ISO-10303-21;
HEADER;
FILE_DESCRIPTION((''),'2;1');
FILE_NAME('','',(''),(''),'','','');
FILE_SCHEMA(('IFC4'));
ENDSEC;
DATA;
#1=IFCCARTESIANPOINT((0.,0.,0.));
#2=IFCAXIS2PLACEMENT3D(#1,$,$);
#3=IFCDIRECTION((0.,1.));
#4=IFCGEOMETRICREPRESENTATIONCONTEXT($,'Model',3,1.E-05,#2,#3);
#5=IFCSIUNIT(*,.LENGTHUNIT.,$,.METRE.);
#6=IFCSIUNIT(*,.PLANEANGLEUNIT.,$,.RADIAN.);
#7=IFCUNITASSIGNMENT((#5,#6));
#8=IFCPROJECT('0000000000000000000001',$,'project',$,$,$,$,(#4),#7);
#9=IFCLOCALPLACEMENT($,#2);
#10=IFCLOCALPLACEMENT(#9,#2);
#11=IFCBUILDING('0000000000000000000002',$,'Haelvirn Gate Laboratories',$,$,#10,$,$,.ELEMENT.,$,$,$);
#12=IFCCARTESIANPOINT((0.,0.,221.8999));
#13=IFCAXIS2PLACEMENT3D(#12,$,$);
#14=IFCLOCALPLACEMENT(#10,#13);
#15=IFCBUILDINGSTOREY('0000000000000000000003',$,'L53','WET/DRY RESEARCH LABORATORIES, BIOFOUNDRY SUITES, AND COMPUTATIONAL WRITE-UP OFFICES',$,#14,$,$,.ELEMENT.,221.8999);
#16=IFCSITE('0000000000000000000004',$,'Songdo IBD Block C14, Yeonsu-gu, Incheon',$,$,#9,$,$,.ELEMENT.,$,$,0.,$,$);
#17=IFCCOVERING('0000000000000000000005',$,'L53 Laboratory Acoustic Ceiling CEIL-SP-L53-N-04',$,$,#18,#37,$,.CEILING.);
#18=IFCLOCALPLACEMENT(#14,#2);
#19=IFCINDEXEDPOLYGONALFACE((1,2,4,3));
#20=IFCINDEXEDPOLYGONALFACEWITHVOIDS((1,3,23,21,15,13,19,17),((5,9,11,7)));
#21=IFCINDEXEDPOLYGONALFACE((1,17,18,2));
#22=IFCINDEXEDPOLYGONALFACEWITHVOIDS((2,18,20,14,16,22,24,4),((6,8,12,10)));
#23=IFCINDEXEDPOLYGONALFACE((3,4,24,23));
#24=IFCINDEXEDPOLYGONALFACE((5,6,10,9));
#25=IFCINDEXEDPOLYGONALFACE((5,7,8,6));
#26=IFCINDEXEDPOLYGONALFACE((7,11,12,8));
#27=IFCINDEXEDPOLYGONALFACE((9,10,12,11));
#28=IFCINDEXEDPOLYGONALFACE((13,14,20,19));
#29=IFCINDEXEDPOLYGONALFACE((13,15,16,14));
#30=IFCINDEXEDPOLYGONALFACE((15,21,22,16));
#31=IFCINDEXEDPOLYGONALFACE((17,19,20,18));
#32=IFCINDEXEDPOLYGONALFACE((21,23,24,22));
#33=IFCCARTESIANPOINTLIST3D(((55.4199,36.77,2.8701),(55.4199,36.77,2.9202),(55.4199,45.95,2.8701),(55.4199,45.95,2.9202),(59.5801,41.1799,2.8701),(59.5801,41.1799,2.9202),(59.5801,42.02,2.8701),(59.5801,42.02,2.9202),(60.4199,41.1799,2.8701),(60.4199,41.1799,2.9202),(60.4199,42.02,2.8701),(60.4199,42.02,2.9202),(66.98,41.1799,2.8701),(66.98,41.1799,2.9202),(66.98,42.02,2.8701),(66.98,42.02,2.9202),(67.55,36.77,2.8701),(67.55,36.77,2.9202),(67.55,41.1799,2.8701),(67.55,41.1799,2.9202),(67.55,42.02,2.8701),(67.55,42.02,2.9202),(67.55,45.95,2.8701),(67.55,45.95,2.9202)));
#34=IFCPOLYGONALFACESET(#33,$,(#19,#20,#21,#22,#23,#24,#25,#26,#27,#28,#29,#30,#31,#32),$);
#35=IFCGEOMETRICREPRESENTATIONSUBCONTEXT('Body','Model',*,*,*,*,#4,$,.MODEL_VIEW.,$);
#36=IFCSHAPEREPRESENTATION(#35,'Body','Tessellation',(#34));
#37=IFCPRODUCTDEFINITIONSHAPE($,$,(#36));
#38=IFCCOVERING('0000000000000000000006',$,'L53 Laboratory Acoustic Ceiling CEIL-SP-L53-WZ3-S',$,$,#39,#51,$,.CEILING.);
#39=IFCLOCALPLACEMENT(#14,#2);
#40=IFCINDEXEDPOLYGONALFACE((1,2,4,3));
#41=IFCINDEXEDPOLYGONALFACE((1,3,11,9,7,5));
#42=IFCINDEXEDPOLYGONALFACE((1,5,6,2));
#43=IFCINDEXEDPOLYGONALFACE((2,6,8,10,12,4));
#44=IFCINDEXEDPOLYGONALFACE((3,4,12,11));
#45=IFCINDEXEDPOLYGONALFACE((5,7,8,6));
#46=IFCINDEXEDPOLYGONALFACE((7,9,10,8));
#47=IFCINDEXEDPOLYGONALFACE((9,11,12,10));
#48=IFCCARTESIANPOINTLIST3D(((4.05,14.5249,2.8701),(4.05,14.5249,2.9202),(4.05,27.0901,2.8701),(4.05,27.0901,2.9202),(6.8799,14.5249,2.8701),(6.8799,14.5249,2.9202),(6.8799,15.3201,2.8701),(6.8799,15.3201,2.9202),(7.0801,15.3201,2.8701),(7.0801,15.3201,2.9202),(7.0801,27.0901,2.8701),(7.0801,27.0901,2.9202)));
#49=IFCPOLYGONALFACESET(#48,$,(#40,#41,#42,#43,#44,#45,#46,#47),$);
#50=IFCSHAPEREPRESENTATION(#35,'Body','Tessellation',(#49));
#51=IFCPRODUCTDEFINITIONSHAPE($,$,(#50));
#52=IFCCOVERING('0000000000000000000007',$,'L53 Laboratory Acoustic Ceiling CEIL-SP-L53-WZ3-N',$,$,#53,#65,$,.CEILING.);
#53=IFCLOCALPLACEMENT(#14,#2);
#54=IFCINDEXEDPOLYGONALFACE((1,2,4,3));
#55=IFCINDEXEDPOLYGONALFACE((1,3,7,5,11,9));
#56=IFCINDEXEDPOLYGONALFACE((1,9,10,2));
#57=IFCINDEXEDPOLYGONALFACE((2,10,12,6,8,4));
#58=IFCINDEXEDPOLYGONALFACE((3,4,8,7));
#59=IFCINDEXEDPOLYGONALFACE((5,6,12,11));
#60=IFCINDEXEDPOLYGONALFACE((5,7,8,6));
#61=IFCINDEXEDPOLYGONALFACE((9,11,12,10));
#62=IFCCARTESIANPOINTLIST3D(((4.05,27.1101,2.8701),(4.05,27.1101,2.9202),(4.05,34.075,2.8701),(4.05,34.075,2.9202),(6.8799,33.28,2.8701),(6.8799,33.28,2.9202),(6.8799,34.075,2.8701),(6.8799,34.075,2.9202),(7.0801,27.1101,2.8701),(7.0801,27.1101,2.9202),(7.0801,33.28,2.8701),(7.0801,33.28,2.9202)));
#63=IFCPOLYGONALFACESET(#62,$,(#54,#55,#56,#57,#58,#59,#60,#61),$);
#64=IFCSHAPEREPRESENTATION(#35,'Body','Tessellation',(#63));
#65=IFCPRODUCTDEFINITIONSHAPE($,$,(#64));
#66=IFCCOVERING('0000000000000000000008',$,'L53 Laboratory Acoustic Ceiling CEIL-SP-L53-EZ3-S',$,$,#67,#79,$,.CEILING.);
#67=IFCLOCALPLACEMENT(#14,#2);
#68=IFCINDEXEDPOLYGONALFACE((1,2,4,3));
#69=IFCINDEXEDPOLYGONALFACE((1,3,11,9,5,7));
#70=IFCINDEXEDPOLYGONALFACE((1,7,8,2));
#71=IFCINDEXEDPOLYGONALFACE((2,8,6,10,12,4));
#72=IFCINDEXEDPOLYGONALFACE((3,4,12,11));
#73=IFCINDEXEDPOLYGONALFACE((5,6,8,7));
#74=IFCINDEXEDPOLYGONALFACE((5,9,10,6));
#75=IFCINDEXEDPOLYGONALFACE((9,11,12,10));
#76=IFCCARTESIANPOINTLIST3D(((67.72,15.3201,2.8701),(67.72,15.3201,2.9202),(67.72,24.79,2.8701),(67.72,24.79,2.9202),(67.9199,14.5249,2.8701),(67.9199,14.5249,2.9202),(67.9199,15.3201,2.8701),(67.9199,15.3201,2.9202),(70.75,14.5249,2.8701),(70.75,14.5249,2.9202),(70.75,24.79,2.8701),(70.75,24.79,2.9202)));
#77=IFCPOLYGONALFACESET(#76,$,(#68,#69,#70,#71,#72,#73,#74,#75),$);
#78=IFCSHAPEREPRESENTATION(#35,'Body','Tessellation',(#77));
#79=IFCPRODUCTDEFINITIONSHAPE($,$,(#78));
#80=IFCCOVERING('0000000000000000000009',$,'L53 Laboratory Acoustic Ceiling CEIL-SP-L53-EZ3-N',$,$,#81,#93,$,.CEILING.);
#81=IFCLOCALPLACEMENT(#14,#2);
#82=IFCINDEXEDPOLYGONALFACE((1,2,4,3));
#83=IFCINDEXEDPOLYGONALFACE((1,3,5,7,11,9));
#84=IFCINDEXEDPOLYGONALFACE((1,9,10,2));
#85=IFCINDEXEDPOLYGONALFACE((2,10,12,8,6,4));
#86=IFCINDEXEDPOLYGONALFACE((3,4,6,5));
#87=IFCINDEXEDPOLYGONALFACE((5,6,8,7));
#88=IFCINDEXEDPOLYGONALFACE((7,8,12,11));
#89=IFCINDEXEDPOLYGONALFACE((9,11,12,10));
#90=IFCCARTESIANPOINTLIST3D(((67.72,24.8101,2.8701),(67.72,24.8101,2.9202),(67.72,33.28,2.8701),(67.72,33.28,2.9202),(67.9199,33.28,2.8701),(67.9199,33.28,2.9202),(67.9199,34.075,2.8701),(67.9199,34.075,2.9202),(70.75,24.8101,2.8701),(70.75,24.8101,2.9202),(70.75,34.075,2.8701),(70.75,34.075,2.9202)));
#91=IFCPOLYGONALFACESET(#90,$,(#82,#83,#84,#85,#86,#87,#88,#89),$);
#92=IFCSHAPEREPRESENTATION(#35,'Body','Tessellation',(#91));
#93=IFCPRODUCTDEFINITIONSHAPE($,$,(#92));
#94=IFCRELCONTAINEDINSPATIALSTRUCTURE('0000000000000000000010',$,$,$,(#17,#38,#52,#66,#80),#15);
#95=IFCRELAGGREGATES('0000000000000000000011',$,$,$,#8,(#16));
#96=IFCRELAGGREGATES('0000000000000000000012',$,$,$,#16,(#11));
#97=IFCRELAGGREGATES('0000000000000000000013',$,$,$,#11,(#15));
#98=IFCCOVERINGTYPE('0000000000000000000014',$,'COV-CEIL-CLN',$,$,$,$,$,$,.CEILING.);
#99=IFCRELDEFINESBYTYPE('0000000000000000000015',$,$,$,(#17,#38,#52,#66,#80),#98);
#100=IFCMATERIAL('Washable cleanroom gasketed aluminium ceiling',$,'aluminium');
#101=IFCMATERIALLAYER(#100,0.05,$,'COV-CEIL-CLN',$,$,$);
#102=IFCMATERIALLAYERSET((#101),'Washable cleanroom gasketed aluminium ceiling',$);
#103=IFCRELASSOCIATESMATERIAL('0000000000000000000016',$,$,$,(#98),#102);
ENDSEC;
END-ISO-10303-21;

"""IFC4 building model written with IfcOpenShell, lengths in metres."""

from ifc_helpers import new_model, si_unit, direction, frame, origin, place, context, subcontext, project, spatial, polyline, outline, extrude, material, layer, layer_set, type_object, element, save


model = new_model("IFC4")

# Units and contexts
model_context = context("Model", 3, precision=1e-05, world=origin(), true_north=direction((0.0, 1.0)))
body_context = subcontext(model_context, "Body", "Model", "MODEL_VIEW")
ifc_project = project(units=[si_unit("LENGTHUNIT", "METRE"), si_unit("PLANEANGLEUNIT", "RADIAN")], contexts=[model_context])

# Site, building, storey
site_placement = place(None, origin())
site = spatial("IfcSite", under=ifc_project, at=site_placement, Name="Songdo IBD Block C14, Yeonsu-gu, Incheon", CompositionType="ELEMENT", RefElevation=0.0)
building_placement = place(site_placement, origin())
building = spatial("IfcBuilding", under=site, at=building_placement, Name="Haelvirn Gate Laboratories", CompositionType="ELEMENT")
storey_placement = place(building_placement, frame((0.0, 0.0, 221.8999)))
storey = spatial("IfcBuildingStorey", under=building, at=storey_placement, Name="L53", Description="WET/DRY RESEARCH LABORATORIES, BIOFOUNDRY SUITES, AND COMPUTATIONAL WRITE-UP OFFICES", CompositionType="ELEMENT", Elevation=221.8999)

# Coverings
ifc_material_1 = material(Name="Washable cleanroom gasketed aluminium ceiling", Category="aluminium")
ifc_layer_1 = layer(ifc_material_1, 0.05, Name="COV-CEIL-CLN")
ifc_layer_set_1 = layer_set([ifc_layer_1], Name="Washable cleanroom gasketed aluminium ceiling")
covering_type = type_object("IfcCoveringType", Name="COV-CEIL-CLN", PredefinedType="CEILING", material=ifc_layer_set_1)
covering_1_placement = place(storey_placement, frame((0.0, 0.0, 2.8701)))
element("IfcCovering", 1, at=covering_1_placement, inside=storey, type_object=covering_type, Name="L53 Laboratory Acoustic Ceiling CEIL-SP-L53-N-04", PredefinedType="CEILING", context=body_context, shape_type="SweptSolid", body=[
    extrude(outline(polyline([(67.55, 36.77), (55.4199, 36.77), (55.4199, 45.95), (67.55, 45.95), (67.55, 42.02), (66.98, 42.02), (66.98, 41.1799), (67.55, 41.1799), (67.55, 36.77)]), holes=[polyline([(59.5801, 42.02), (59.5801, 41.1799), (60.4199, 41.1799), (60.4199, 42.02), (59.5801, 42.02)])]), origin(), (0.0, 0.0, 1.0), 0.05),
])
covering_2_placement = place(storey_placement, frame((0.0, 0.0, 2.8701)))
element("IfcCovering", 2, at=covering_2_placement, inside=storey, type_object=covering_type, Name="L53 Laboratory Acoustic Ceiling CEIL-SP-L53-WZ3-S", PredefinedType="CEILING", context=body_context, shape_type="SweptSolid", body=[
    extrude(outline(polyline([(7.0801, 27.0901), (7.0801, 15.3201), (6.8799, 15.3201), (6.8799, 14.5249), (4.05, 14.5249), (4.05, 27.0901), (7.0801, 27.0901)])), origin(), (0.0, 0.0, 1.0), 0.05),
])
covering_3_placement = place(storey_placement, frame((0.0, 0.0, 2.8701)))
element("IfcCovering", 3, at=covering_3_placement, inside=storey, type_object=covering_type, Name="L53 Laboratory Acoustic Ceiling CEIL-SP-L53-WZ3-N", PredefinedType="CEILING", context=body_context, shape_type="SweptSolid", body=[
    extrude(outline(polyline([(6.8799, 34.075), (6.8799, 33.28), (7.0801, 33.28), (7.0801, 27.1101), (4.05, 27.1101), (4.05, 34.075), (6.8799, 34.075)])), origin(), (0.0, 0.0, 1.0), 0.05),
])
covering_4_placement = place(storey_placement, frame((0.0, 0.0, 2.8701)))
element("IfcCovering", 4, at=covering_4_placement, inside=storey, type_object=covering_type, Name="L53 Laboratory Acoustic Ceiling CEIL-SP-L53-EZ3-S", PredefinedType="CEILING", context=body_context, shape_type="SweptSolid", body=[
    extrude(outline(polyline([(70.75, 24.79), (70.75, 14.5249), (67.9199, 14.5249), (67.9199, 15.3201), (67.72, 15.3201), (67.72, 24.79), (70.75, 24.79)])), origin(), (0.0, 0.0, 1.0), 0.05),
])
covering_5_placement = place(storey_placement, frame((0.0, 0.0, 2.8701)))
element("IfcCovering", 5, at=covering_5_placement, inside=storey, type_object=covering_type, Name="L53 Laboratory Acoustic Ceiling CEIL-SP-L53-EZ3-N", PredefinedType="CEILING", context=body_context, shape_type="SweptSolid", body=[
    extrude(outline(polyline([(70.75, 34.075), (70.75, 24.8101), (67.72, 24.8101), (67.72, 33.28), (67.9199, 33.28), (67.9199, 34.075), (70.75, 34.075)])), origin(), (0.0, 0.0, 1.0), 0.05),
])

save(model, "model.ifc")
